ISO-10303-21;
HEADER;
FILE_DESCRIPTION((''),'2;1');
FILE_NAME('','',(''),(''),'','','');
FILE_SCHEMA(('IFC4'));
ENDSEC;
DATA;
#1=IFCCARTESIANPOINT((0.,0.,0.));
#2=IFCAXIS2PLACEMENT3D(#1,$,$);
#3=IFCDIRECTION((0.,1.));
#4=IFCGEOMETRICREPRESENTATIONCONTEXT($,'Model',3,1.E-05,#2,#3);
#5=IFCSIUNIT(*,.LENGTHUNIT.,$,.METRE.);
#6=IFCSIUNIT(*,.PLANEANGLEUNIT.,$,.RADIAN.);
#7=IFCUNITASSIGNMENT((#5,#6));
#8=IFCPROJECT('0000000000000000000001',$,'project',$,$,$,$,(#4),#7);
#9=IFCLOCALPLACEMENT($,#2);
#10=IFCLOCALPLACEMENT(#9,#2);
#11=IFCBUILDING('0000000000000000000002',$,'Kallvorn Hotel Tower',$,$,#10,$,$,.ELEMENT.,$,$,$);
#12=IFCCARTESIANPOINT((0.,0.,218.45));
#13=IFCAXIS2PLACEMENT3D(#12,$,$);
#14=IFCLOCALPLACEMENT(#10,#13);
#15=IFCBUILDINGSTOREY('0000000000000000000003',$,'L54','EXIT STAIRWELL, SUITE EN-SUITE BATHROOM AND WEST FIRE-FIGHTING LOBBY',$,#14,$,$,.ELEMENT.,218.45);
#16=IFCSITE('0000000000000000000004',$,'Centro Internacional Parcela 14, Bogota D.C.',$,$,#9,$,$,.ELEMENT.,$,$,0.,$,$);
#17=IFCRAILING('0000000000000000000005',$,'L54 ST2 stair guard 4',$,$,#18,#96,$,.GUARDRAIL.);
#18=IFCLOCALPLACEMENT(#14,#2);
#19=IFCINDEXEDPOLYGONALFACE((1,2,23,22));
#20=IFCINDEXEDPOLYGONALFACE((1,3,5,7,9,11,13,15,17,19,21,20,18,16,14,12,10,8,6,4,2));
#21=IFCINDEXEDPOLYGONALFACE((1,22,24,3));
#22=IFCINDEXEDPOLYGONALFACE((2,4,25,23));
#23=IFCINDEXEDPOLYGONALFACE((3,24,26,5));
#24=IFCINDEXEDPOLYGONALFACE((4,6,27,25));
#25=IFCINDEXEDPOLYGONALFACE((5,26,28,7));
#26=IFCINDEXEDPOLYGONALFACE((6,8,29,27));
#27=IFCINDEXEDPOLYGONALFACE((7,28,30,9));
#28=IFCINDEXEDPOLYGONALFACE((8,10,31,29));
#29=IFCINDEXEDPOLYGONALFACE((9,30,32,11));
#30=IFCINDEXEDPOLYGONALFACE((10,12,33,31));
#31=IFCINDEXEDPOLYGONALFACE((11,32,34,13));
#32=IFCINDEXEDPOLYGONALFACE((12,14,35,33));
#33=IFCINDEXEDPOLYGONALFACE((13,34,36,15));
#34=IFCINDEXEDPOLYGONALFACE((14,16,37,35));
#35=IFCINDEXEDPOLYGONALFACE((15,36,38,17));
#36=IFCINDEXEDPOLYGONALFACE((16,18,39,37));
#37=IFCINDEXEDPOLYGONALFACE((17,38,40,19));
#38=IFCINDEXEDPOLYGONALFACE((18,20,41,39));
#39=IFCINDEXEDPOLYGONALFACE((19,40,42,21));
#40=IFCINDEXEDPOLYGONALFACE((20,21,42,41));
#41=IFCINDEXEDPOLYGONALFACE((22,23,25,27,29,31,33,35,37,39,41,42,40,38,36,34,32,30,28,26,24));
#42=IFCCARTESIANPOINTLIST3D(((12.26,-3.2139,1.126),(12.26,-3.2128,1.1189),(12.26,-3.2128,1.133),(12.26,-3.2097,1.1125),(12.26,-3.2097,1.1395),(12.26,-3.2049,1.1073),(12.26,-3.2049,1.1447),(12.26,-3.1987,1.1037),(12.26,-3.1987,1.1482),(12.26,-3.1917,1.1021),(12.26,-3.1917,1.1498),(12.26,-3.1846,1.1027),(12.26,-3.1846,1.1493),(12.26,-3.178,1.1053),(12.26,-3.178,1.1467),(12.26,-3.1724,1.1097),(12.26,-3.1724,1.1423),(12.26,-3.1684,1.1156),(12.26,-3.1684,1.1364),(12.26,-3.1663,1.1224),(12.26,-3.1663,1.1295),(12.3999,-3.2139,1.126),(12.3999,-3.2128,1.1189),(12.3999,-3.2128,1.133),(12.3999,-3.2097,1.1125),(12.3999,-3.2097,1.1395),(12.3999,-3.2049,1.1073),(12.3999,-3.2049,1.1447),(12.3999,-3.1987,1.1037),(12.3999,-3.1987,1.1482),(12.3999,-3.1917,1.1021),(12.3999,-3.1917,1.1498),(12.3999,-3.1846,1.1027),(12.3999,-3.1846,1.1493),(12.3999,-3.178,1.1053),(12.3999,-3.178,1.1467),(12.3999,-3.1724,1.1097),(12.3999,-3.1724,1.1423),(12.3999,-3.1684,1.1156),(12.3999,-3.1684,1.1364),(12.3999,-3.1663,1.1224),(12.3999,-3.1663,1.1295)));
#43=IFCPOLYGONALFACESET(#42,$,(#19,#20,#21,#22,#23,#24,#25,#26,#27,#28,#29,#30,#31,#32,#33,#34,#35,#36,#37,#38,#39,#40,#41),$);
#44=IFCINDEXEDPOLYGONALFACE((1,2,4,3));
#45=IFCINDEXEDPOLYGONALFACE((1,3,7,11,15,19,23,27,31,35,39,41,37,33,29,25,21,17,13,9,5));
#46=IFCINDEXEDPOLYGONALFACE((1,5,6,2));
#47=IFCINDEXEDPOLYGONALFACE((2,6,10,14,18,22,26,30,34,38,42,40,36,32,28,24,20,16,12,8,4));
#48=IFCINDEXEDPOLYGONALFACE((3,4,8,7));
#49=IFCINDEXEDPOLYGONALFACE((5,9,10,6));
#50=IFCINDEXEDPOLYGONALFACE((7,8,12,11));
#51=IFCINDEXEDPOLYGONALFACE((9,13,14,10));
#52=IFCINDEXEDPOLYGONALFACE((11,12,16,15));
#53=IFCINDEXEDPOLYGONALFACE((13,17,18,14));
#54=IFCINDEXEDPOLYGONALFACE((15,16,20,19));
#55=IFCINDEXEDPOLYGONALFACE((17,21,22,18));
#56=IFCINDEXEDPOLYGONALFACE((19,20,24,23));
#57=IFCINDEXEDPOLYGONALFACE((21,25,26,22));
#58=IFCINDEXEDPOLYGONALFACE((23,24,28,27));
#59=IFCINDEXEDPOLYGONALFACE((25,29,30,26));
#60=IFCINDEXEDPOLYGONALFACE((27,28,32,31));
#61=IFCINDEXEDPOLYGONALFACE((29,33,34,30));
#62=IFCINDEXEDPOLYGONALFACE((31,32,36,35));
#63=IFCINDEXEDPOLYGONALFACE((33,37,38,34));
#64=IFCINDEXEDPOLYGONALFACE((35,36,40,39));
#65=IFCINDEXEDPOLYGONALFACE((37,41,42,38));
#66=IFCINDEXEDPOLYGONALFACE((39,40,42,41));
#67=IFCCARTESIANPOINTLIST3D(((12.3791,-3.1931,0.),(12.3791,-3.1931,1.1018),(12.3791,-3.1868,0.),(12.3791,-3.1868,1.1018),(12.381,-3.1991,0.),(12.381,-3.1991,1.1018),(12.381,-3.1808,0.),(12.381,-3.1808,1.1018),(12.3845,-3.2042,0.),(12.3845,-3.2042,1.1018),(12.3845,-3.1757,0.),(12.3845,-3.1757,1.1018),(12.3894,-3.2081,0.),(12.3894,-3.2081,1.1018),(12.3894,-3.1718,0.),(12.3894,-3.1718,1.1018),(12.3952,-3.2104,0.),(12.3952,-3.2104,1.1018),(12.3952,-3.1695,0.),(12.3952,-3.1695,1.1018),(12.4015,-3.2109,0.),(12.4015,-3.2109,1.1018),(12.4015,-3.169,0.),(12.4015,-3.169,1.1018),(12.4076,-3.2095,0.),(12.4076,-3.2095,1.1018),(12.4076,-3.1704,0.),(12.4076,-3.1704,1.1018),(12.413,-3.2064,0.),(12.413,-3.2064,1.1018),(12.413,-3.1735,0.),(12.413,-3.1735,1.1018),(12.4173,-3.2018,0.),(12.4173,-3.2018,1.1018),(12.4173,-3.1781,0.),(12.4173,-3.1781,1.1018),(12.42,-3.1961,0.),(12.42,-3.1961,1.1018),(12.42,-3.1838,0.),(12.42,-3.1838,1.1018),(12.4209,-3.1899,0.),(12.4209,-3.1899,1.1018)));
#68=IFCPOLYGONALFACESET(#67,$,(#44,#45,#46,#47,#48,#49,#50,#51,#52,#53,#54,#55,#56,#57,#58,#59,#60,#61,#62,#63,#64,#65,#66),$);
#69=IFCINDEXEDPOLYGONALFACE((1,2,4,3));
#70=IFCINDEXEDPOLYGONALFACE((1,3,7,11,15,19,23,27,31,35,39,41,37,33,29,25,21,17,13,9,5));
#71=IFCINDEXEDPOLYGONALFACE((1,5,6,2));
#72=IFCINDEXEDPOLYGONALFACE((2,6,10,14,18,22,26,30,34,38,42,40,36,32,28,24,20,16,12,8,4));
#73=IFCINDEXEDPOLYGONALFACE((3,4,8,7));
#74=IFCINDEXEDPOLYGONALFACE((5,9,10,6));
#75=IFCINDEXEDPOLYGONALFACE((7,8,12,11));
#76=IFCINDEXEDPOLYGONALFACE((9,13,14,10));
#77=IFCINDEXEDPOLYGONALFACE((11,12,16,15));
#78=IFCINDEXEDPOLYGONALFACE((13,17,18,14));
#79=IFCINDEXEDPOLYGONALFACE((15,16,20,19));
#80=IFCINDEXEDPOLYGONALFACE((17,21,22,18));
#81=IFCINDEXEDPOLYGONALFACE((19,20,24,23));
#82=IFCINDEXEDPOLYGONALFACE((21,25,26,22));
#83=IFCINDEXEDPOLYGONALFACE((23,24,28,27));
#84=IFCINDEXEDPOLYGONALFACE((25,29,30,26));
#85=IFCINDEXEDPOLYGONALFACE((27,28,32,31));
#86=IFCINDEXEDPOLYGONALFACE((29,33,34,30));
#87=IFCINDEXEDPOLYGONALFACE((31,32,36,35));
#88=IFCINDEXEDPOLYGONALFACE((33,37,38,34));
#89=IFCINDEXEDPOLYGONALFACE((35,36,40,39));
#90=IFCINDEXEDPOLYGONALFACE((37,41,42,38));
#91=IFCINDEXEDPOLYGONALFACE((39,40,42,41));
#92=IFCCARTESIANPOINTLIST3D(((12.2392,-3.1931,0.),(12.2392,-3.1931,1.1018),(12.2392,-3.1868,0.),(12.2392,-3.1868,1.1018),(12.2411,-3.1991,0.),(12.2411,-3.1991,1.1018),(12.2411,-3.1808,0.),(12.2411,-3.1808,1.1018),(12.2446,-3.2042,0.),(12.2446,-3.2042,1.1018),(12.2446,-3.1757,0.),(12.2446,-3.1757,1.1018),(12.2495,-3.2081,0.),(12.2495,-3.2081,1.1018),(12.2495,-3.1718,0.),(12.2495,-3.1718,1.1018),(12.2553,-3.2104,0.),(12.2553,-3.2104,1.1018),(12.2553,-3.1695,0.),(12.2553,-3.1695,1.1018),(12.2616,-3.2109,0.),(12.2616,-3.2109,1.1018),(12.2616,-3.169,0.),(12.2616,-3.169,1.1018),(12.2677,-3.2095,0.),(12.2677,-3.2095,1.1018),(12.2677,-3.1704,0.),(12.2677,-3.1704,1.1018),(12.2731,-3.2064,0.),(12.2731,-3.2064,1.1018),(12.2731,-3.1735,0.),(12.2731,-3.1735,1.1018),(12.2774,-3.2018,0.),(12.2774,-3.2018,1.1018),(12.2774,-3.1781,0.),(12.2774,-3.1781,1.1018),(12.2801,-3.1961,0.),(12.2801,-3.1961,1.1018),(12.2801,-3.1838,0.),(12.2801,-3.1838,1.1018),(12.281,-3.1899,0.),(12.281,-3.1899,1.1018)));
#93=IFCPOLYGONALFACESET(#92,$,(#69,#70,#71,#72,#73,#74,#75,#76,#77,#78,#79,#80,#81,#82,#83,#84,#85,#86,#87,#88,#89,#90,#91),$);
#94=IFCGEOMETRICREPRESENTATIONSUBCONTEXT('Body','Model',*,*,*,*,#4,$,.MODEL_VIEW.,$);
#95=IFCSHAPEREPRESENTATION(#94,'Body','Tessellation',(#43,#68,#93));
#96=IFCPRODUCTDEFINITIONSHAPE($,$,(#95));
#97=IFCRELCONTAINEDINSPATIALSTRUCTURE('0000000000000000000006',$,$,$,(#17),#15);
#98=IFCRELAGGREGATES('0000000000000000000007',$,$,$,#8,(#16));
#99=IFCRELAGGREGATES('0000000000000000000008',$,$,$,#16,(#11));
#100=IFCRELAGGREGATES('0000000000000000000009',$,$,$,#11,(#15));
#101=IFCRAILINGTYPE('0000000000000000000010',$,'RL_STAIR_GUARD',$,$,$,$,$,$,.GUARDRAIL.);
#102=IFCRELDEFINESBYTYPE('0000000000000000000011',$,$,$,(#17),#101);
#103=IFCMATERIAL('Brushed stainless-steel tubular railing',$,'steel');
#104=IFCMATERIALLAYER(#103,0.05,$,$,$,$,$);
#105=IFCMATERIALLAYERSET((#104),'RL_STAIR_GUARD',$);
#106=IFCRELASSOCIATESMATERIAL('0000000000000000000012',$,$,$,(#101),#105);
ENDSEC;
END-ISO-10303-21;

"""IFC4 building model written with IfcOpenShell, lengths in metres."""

from ifc_helpers import new_model, si_unit, direction, frame, origin, origin_2d, place, context, subcontext, project, spatial, circle, extrude, material, layer, layer_set, type_object, element, save


model = new_model("IFC4")

# Units and contexts
model_context = context("Model", 3, precision=1e-05, world=origin(), true_north=direction((0.0, 1.0)))
body_context = subcontext(model_context, "Body", "Model", "MODEL_VIEW")
ifc_project = project(units=[si_unit("LENGTHUNIT", "METRE"), si_unit("PLANEANGLEUNIT", "RADIAN")], contexts=[model_context])

# Site, building, storey
site_placement = place(None, origin())
site = spatial("IfcSite", under=ifc_project, at=site_placement, Name="Centro Internacional Parcela 14, Bogota D.C.", CompositionType="ELEMENT", RefElevation=0.0)
building_placement = place(site_placement, origin())
building = spatial("IfcBuilding", under=site, at=building_placement, Name="Kallvorn Hotel Tower", CompositionType="ELEMENT")
storey_placement = place(building_placement, frame((0.0, 0.0, 218.45)))
storey = spatial("IfcBuildingStorey", under=building, at=storey_placement, Name="L54", Description="EXIT STAIRWELL, SUITE EN-SUITE BATHROOM AND WEST FIRE-FIGHTING LOBBY", CompositionType="ELEMENT", Elevation=218.45)

# Railing
ifc_material_1 = material(Name="Brushed stainless-steel tubular railing", Category="steel")
ifc_layer_1 = layer(ifc_material_1, 0.05)
ifc_layer_set_1 = layer_set([ifc_layer_1], Name="RL_STAIR_GUARD")
railing_type_1 = type_object("IfcRailingType", Name="RL_STAIR_GUARD", PredefinedType="GUARDRAIL", material=ifc_layer_set_1)
railing_1_placement = place(storey_placement, frame((12.3999, -3.1899, 0.0)))
element("IfcRailing", 1, at=railing_1_placement, inside=storey, type_object=railing_type_1, Name="L54 ST2 stair guard 4", PredefinedType="GUARDRAIL", context=body_context, shape_type="SweptSolid", body=[
    extrude(circle(Radius=0.0239, at=origin_2d()), frame((0.0, 0.0, 1.126), z_axis=(-1.0, 0.0, 0.0), x_axis=(0.0, -1.0, 0.0)), (0.0, 0.0, 1.0), 0.1399),
    extrude(circle(Radius=0.021, at=origin_2d()), origin(), (0.0, 0.0, 1.0), 1.1018),
    extrude(circle(Radius=0.021, at=origin_2d()), frame((-0.1399, 0.0, 0.0)), (0.0, 0.0, 1.0), 1.1018),
])

save(model, "model.ifc")
